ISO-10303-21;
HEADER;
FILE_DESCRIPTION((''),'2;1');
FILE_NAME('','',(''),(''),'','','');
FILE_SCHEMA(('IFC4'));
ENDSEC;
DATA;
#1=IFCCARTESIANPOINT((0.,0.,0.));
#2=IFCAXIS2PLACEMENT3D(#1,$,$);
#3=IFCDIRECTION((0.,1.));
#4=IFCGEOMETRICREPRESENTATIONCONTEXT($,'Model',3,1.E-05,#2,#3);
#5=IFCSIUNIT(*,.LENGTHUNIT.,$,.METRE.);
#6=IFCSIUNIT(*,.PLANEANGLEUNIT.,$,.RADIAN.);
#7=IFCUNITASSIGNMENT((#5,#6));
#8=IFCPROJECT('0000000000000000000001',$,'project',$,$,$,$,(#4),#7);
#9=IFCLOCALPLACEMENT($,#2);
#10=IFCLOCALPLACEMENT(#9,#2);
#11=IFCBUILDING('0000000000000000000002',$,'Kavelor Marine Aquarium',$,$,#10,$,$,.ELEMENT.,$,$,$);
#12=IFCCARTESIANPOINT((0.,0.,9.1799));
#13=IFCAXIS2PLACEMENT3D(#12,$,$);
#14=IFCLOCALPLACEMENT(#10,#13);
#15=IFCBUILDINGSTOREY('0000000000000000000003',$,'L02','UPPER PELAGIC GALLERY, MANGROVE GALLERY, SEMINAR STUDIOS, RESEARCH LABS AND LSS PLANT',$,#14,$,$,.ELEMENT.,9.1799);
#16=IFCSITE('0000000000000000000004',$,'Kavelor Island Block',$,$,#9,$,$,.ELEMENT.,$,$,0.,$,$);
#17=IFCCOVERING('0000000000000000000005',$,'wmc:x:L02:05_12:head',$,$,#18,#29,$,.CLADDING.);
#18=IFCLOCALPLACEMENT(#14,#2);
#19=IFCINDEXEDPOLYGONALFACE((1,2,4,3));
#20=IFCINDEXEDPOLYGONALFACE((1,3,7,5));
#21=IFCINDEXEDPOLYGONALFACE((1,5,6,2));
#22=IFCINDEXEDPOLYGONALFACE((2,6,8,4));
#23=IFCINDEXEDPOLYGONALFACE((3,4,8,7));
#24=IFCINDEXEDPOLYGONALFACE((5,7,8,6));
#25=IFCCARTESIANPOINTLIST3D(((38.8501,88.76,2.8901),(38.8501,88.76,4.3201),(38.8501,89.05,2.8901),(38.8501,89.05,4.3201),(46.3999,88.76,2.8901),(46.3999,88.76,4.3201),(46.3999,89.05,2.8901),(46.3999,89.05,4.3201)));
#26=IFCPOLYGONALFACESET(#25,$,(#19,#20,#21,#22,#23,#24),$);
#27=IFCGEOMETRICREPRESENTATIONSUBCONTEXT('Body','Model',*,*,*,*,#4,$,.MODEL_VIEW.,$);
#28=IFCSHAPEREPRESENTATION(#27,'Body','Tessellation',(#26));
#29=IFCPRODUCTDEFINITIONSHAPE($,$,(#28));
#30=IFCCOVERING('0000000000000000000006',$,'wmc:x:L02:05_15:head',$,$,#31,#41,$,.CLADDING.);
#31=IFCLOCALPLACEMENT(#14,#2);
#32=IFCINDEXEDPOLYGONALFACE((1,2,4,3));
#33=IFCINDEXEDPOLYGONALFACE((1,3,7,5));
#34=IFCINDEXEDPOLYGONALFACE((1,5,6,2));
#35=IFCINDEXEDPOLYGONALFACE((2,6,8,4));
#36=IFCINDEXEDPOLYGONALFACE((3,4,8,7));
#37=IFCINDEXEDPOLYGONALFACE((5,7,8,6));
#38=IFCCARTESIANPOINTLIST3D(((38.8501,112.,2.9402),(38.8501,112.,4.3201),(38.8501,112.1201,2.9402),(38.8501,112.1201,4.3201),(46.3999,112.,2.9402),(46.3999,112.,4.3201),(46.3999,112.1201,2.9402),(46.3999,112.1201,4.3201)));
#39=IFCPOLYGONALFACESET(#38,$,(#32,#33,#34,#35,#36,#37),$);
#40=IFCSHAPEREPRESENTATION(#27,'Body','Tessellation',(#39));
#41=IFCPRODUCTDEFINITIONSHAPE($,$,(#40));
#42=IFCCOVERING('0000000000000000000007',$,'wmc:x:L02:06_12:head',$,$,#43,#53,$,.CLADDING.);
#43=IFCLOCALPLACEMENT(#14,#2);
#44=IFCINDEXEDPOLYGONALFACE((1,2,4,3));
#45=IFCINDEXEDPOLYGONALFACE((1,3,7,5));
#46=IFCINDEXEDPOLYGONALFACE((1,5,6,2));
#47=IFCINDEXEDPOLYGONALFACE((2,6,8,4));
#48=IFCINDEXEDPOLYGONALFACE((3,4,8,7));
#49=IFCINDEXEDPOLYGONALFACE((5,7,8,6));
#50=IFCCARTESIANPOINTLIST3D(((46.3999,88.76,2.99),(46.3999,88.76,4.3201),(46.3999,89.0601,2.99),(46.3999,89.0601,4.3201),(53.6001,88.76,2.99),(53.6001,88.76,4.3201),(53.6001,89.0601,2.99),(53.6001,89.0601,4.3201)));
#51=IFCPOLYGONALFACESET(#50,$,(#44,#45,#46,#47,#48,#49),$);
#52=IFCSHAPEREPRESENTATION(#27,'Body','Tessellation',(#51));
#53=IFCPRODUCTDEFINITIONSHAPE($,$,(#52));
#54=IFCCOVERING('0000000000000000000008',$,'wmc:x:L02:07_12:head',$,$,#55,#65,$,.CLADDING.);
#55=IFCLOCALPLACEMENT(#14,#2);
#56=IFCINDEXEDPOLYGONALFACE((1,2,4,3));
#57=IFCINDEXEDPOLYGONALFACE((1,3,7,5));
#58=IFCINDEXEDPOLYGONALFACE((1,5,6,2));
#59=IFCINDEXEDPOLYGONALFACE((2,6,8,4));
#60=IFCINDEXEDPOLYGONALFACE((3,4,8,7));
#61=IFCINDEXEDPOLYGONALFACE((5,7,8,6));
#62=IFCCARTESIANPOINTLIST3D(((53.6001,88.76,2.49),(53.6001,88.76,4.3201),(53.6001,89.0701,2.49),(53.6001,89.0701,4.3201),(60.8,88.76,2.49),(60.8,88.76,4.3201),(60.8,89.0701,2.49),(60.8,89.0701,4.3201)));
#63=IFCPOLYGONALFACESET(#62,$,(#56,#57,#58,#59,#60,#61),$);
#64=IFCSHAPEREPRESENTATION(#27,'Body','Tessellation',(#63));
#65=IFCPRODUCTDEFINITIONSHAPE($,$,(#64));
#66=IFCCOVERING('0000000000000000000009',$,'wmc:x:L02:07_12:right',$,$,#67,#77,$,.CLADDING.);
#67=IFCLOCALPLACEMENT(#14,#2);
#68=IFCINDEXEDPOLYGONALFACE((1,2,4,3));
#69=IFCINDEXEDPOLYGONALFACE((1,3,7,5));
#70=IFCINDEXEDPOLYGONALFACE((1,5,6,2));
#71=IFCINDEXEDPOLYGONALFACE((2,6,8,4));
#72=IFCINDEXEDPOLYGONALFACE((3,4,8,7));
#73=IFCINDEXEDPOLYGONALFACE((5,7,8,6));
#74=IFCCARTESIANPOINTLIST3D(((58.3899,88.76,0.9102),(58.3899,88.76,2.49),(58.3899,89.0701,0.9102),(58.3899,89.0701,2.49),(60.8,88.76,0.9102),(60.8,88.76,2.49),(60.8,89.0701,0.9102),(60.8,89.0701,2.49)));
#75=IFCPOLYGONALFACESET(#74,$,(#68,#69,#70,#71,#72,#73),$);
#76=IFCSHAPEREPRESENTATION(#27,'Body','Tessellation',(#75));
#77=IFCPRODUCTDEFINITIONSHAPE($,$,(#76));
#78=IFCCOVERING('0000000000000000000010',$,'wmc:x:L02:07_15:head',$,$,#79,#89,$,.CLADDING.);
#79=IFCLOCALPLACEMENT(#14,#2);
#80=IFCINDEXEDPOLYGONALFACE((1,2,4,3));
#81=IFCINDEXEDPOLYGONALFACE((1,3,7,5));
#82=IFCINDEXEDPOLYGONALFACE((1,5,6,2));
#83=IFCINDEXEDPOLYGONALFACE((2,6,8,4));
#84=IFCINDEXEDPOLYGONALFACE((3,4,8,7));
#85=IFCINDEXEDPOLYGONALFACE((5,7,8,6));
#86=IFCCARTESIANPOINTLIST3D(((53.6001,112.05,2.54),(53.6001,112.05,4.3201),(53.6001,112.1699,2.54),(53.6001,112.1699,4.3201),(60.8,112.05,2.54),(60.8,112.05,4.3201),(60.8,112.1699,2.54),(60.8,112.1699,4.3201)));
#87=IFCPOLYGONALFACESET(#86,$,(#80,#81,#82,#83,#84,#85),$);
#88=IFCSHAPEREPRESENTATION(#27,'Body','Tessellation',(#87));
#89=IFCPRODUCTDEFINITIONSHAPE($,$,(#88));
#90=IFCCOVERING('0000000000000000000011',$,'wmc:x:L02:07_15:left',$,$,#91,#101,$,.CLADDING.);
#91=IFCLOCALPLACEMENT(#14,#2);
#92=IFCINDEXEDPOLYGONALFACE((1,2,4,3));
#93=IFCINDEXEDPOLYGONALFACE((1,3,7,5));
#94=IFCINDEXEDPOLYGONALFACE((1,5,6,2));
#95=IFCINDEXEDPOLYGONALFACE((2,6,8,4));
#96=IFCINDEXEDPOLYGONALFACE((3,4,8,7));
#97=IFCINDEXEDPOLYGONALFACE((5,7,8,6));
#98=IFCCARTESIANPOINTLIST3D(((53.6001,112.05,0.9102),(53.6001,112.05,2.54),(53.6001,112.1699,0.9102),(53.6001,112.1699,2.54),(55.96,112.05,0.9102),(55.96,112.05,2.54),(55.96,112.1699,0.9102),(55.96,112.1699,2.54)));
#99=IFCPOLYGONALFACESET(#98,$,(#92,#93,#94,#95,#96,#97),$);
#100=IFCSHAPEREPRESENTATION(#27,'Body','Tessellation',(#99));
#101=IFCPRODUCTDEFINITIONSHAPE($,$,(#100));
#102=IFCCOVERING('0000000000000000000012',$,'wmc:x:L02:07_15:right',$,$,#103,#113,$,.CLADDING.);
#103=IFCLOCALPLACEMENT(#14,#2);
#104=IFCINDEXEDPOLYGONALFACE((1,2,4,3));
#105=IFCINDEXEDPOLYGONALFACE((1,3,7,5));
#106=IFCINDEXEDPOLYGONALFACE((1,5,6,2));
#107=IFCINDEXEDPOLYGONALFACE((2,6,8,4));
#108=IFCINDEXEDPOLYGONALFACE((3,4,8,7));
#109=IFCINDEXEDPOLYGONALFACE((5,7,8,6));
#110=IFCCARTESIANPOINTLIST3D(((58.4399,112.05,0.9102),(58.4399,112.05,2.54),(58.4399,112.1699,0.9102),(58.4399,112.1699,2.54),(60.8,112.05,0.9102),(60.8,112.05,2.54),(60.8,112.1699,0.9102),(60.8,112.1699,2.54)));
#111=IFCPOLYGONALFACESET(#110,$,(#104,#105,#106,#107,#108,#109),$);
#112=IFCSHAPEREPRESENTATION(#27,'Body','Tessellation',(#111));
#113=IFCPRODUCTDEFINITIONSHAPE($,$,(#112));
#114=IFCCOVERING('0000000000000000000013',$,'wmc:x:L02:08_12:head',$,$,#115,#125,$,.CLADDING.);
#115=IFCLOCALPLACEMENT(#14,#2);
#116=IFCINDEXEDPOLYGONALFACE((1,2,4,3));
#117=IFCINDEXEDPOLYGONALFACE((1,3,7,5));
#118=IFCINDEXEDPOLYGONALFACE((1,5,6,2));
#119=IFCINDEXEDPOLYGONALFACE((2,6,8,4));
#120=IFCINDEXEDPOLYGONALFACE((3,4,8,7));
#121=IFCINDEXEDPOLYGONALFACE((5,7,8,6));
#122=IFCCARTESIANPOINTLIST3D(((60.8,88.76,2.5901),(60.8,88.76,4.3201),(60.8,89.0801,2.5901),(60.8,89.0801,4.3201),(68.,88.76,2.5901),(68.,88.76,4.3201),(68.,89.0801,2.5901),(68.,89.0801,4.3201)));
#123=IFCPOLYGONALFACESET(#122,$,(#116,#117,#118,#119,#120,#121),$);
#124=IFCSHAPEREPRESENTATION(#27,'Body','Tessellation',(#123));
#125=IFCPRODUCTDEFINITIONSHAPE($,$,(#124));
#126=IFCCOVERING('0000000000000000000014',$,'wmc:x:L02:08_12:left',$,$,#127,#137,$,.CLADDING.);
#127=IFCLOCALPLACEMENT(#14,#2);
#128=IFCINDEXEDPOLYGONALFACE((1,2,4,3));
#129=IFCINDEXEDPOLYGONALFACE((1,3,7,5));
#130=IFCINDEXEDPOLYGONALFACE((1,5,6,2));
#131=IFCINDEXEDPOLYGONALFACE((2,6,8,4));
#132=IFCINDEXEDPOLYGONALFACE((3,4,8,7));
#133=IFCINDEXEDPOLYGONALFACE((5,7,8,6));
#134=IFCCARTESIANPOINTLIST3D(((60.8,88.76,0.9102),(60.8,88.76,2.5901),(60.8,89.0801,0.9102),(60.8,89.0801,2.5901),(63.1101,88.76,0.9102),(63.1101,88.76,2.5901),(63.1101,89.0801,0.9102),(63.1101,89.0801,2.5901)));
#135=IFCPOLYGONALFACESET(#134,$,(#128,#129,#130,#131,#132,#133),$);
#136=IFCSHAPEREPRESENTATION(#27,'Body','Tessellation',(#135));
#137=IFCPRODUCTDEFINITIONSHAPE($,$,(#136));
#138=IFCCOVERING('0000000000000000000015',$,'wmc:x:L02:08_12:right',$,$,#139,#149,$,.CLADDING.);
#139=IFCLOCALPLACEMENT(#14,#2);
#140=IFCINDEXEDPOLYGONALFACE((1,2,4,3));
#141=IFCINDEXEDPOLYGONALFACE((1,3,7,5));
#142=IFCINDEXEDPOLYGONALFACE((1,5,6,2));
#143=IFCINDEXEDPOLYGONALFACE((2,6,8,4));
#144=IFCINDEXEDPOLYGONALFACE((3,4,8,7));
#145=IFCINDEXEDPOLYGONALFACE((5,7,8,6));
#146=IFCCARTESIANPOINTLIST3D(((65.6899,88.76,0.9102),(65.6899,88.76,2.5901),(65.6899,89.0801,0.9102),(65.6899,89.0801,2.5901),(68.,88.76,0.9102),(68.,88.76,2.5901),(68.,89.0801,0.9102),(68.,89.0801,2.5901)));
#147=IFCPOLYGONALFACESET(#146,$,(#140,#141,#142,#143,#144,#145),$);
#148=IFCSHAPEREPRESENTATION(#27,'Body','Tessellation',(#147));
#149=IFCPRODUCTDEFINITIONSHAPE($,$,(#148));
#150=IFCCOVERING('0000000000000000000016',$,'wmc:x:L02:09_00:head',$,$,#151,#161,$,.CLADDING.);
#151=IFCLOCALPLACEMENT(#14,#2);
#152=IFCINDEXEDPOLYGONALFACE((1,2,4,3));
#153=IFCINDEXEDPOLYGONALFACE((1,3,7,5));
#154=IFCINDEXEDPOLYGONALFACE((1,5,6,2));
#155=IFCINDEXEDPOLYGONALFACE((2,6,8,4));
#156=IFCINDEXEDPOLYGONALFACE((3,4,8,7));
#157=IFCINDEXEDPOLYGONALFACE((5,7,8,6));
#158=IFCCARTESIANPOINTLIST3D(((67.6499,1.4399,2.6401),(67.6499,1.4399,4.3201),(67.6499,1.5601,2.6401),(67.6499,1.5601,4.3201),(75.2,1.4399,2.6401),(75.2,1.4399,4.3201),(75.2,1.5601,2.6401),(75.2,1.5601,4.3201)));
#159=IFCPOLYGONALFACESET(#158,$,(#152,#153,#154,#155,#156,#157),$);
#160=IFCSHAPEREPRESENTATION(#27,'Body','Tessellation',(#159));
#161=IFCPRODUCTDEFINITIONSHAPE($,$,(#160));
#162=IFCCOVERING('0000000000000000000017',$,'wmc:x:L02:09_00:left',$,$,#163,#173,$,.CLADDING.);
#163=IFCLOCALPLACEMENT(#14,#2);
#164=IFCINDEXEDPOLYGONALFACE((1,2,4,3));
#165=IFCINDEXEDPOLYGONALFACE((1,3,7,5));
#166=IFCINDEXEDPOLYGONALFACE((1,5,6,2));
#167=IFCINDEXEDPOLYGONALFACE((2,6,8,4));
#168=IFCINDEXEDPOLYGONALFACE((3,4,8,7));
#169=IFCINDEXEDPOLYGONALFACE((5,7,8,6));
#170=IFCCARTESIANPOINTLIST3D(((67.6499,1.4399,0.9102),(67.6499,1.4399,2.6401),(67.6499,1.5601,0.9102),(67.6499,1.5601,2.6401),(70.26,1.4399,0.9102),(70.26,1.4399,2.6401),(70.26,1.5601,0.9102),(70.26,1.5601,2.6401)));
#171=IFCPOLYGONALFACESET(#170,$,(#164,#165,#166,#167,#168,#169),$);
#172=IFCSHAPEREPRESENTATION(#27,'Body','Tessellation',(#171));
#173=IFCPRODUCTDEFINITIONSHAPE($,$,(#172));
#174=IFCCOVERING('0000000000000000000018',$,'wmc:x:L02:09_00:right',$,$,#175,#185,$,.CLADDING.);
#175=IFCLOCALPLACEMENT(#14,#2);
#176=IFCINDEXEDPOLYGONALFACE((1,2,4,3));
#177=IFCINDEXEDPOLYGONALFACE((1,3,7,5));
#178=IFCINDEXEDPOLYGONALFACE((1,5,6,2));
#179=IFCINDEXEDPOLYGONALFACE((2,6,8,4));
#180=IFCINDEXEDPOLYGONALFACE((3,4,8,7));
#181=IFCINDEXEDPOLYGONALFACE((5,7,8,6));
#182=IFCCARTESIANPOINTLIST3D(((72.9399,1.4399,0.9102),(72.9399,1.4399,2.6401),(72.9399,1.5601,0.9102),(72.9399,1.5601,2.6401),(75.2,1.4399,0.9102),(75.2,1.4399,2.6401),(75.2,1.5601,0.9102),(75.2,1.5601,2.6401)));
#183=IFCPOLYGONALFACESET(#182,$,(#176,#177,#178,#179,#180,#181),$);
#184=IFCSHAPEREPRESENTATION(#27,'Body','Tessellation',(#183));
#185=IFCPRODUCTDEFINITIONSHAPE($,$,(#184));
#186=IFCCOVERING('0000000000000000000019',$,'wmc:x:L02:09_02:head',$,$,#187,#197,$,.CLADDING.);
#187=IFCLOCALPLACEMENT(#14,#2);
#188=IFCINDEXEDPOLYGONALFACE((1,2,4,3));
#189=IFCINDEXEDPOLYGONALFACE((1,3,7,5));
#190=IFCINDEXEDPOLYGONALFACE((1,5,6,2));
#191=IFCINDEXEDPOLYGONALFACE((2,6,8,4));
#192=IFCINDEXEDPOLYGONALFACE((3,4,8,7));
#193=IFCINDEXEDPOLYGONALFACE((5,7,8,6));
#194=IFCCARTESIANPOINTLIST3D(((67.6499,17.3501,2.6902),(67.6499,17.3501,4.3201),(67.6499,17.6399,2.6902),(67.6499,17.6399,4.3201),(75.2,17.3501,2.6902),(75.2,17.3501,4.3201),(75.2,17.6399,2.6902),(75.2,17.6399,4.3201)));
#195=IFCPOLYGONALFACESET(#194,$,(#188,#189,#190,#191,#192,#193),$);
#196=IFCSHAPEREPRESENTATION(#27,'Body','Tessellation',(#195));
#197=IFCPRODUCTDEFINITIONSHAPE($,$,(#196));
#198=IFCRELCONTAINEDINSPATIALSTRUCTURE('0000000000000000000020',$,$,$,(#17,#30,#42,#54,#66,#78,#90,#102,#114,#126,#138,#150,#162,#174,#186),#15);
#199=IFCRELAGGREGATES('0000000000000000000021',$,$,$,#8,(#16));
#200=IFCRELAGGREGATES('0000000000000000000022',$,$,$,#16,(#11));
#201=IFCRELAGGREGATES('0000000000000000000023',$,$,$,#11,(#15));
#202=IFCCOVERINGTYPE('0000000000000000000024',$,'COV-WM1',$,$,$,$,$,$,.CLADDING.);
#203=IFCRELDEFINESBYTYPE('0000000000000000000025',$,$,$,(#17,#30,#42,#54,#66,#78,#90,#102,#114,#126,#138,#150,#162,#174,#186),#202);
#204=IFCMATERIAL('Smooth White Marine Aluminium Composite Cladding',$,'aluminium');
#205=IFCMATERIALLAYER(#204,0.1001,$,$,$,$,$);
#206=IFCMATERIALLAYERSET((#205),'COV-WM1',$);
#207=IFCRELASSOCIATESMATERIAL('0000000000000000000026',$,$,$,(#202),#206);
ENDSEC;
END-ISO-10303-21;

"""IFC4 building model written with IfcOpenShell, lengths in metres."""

from ifc_helpers import new_model, si_unit, direction, frame, origin, place, context, subcontext, project, spatial, polyline, outline, extrude, material, layer, layer_set, type_object, element, save


model = new_model("IFC4")

# Units and contexts
model_context = context("Model", 3, precision=1e-05, world=origin(), true_north=direction((0.0, 1.0)))
body_context = subcontext(model_context, "Body", "Model", "MODEL_VIEW")
ifc_project = project(units=[si_unit("LENGTHUNIT", "METRE"), si_unit("PLANEANGLEUNIT", "RADIAN")], contexts=[model_context])

# Site, building, storey
site_placement = place(None, origin())
site = spatial("IfcSite", under=ifc_project, at=site_placement, Name="Kavelor Island Block", CompositionType="ELEMENT", RefElevation=0.0)
building_placement = place(site_placement, origin())
building = spatial("IfcBuilding", under=site, at=building_placement, Name="Kavelor Marine Aquarium", CompositionType="ELEMENT")
storey_placement = place(building_placement, frame((0.0, 0.0, 9.1799)))
storey = spatial("IfcBuildingStorey", under=building, at=storey_placement, Name="L02", Description="UPPER PELAGIC GALLERY, MANGROVE GALLERY, SEMINAR STUDIOS, RESEARCH LABS AND LSS PLANT", CompositionType="ELEMENT", Elevation=9.1799)

# Coverings
ifc_material = material(Name="Smooth White Marine Aluminium Composite Cladding", Category="aluminium")
ifc_layer = layer(ifc_material, 0.1001)
ifc_layer_set = layer_set([ifc_layer], Name="COV-WM1")
covering_type = type_object("IfcCoveringType", Name="COV-WM1", PredefinedType="CLADDING", material=ifc_layer_set)
covering_1_placement = place(storey_placement, frame((0.0, 0.0, 2.8901)))
element("IfcCovering", 1, at=covering_1_placement, inside=storey, type_object=covering_type, Name="wmc:x:L02:05_12:head", PredefinedType="CLADDING", context=body_context, shape_type="SweptSolid", body=[
    extrude(outline(polyline([(38.8501, 88.76), (46.3999, 88.76), (46.3999, 89.05), (38.8501, 89.05), (38.8501, 88.76)])), origin(), (0.0, 0.0, 1.0), 1.4299),
])
covering_2_placement = place(storey_placement, frame((0.0, 0.0, 2.9402)))
element("IfcCovering", 2, at=covering_2_placement, inside=storey, type_object=covering_type, Name="wmc:x:L02:05_15:head", PredefinedType="CLADDING", context=body_context, shape_type="SweptSolid", body=[
    extrude(outline(polyline([(38.8501, 112.0), (46.3999, 112.0), (46.3999, 112.1201), (38.8501, 112.1201), (38.8501, 112.0)])), origin(), (0.0, 0.0, 1.0), 1.3799),
])
covering_3_placement = place(storey_placement, frame((0.0, 0.0, 2.99)))
element("IfcCovering", 3, at=covering_3_placement, inside=storey, type_object=covering_type, Name="wmc:x:L02:06_12:head", PredefinedType="CLADDING", context=body_context, shape_type="SweptSolid", body=[
    extrude(outline(polyline([(46.3999, 88.76), (53.6001, 88.76), (53.6001, 89.0601), (46.3999, 89.0601), (46.3999, 88.76)])), origin(), (0.0, 0.0, 1.0), 1.3301),
])
covering_4_placement = place(storey_placement, frame((0.0, 0.0, 2.49)))
element("IfcCovering", 4, at=covering_4_placement, inside=storey, type_object=covering_type, Name="wmc:x:L02:07_12:head", PredefinedType="CLADDING", context=body_context, shape_type="SweptSolid", body=[
    extrude(outline(polyline([(53.6001, 88.76), (60.8, 88.76), (60.8, 89.0701), (53.6001, 89.0701), (53.6001, 88.76)])), origin(), (0.0, 0.0, 1.0), 1.8301),
])
covering_5_placement = place(storey_placement, frame((0.0, 0.0, 0.9102)))
element("IfcCovering", 5, at=covering_5_placement, inside=storey, type_object=covering_type, Name="wmc:x:L02:07_12:right", PredefinedType="CLADDING", context=body_context, shape_type="SweptSolid", body=[
    extrude(outline(polyline([(58.3899, 88.76), (60.8, 88.76), (60.8, 89.0701), (58.3899, 89.0701), (58.3899, 88.76)])), origin(), (0.0, 0.0, 1.0), 1.5798),
])
covering_6_placement = place(storey_placement, frame((0.0, 0.0, 2.54)))
element("IfcCovering", 6, at=covering_6_placement, inside=storey, type_object=covering_type, Name="wmc:x:L02:07_15:head", PredefinedType="CLADDING", context=body_context, shape_type="SweptSolid", body=[
    extrude(outline(polyline([(53.6001, 112.05), (60.8, 112.05), (60.8, 112.1699), (53.6001, 112.1699), (53.6001, 112.05)])), origin(), (0.0, 0.0, 1.0), 1.78),
])
covering_7_placement = place(storey_placement, frame((0.0, 0.0, 0.9102)))
element("IfcCovering", 7, at=covering_7_placement, inside=storey, type_object=covering_type, Name="wmc:x:L02:07_15:left", PredefinedType="CLADDING", context=body_context, shape_type="SweptSolid", body=[
    extrude(outline(polyline([(53.6001, 112.05), (55.96, 112.05), (55.96, 112.1699), (53.6001, 112.1699), (53.6001, 112.05)])), origin(), (0.0, 0.0, 1.0), 1.6299),
])
covering_8_placement = place(storey_placement, frame((0.0, 0.0, 0.9102)))
element("IfcCovering", 8, at=covering_8_placement, inside=storey, type_object=covering_type, Name="wmc:x:L02:07_15:right", PredefinedType="CLADDING", context=body_context, shape_type="SweptSolid", body=[
    extrude(outline(polyline([(58.4399, 112.05), (60.8, 112.05), (60.8, 112.1699), (58.4399, 112.1699), (58.4399, 112.05)])), origin(), (0.0, 0.0, 1.0), 1.6299),
])
covering_9_placement = place(storey_placement, frame((0.0, 0.0, 2.5901)))
element("IfcCovering", 9, at=covering_9_placement, inside=storey, type_object=covering_type, Name="wmc:x:L02:08_12:head", PredefinedType="CLADDING", context=body_context, shape_type="SweptSolid", body=[
    extrude(outline(polyline([(60.8, 88.76), (68.0, 88.76), (68.0, 89.0801), (60.8, 89.0801), (60.8, 88.76)])), origin(), (0.0, 0.0, 1.0), 1.73),
])
covering_10_placement = place(storey_placement, frame((0.0, 0.0, 0.9102)))
element("IfcCovering", 10, at=covering_10_placement, inside=storey, type_object=covering_type, Name="wmc:x:L02:08_12:left", PredefinedType="CLADDING", context=body_context, shape_type="SweptSolid", body=[
    extrude(outline(polyline([(60.8, 88.76), (63.1101, 88.76), (63.1101, 89.0801), (60.8, 89.0801), (60.8, 88.76)])), origin(), (0.0, 0.0, 1.0), 1.6799),
])
covering_11_placement = place(storey_placement, frame((0.0, 0.0, 0.9102)))
element("IfcCovering", 11, at=covering_11_placement, inside=storey, type_object=covering_type, Name="wmc:x:L02:08_12:right", PredefinedType="CLADDING", context=body_context, shape_type="SweptSolid", body=[
    extrude(outline(polyline([(65.6899, 88.76), (68.0, 88.76), (68.0, 89.0801), (65.6899, 89.0801), (65.6899, 88.76)])), origin(), (0.0, 0.0, 1.0), 1.6799),
])
covering_12_placement = place(storey_placement, frame((0.0, 0.0, 2.6401)))
element("IfcCovering", 12, at=covering_12_placement, inside=storey, type_object=covering_type, Name="wmc:x:L02:09_00:head", PredefinedType="CLADDING", context=body_context, shape_type="SweptSolid", body=[
    extrude(outline(polyline([(67.6499, 1.4399), (75.2, 1.4399), (75.2, 1.5601), (67.6499, 1.5601), (67.6499, 1.4399)])), origin(), (0.0, 0.0, 1.0), 1.6799),
])
covering_13_placement = place(storey_placement, frame((0.0, 0.0, 0.9102)))
element("IfcCovering", 13, at=covering_13_placement, inside=storey, type_object=covering_type, Name="wmc:x:L02:09_00:left", PredefinedType="CLADDING", context=body_context, shape_type="SweptSolid", body=[
    extrude(outline(polyline([(67.6499, 1.4399), (70.26, 1.4399), (70.26, 1.5601), (67.6499, 1.5601), (67.6499, 1.4399)])), origin(), (0.0, 0.0, 1.0), 1.73),
])
covering_14_placement = place(storey_placement, frame((0.0, 0.0, 0.9102)))
element("IfcCovering", 14, at=covering_14_placement, inside=storey, type_object=covering_type, Name="wmc:x:L02:09_00:right", PredefinedType="CLADDING", context=body_context, shape_type="SweptSolid", body=[
    extrude(outline(polyline([(72.9399, 1.4399), (75.2, 1.4399), (75.2, 1.5601), (72.9399, 1.5601), (72.9399, 1.4399)])), origin(), (0.0, 0.0, 1.0), 1.73),
])
covering_15_placement = place(storey_placement, frame((0.0, 0.0, 2.6902)))
element("IfcCovering", 15, at=covering_15_placement, inside=storey, type_object=covering_type, Name="wmc:x:L02:09_02:head", PredefinedType="CLADDING", context=body_context, shape_type="SweptSolid", body=[
    extrude(outline(polyline([(67.6499, 17.3501), (75.2, 17.3501), (75.2, 17.6399), (67.6499, 17.6399), (67.6499, 17.3501)])), origin(), (0.0, 0.0, 1.0), 1.6299),
])

save(model, "model.ifc")
